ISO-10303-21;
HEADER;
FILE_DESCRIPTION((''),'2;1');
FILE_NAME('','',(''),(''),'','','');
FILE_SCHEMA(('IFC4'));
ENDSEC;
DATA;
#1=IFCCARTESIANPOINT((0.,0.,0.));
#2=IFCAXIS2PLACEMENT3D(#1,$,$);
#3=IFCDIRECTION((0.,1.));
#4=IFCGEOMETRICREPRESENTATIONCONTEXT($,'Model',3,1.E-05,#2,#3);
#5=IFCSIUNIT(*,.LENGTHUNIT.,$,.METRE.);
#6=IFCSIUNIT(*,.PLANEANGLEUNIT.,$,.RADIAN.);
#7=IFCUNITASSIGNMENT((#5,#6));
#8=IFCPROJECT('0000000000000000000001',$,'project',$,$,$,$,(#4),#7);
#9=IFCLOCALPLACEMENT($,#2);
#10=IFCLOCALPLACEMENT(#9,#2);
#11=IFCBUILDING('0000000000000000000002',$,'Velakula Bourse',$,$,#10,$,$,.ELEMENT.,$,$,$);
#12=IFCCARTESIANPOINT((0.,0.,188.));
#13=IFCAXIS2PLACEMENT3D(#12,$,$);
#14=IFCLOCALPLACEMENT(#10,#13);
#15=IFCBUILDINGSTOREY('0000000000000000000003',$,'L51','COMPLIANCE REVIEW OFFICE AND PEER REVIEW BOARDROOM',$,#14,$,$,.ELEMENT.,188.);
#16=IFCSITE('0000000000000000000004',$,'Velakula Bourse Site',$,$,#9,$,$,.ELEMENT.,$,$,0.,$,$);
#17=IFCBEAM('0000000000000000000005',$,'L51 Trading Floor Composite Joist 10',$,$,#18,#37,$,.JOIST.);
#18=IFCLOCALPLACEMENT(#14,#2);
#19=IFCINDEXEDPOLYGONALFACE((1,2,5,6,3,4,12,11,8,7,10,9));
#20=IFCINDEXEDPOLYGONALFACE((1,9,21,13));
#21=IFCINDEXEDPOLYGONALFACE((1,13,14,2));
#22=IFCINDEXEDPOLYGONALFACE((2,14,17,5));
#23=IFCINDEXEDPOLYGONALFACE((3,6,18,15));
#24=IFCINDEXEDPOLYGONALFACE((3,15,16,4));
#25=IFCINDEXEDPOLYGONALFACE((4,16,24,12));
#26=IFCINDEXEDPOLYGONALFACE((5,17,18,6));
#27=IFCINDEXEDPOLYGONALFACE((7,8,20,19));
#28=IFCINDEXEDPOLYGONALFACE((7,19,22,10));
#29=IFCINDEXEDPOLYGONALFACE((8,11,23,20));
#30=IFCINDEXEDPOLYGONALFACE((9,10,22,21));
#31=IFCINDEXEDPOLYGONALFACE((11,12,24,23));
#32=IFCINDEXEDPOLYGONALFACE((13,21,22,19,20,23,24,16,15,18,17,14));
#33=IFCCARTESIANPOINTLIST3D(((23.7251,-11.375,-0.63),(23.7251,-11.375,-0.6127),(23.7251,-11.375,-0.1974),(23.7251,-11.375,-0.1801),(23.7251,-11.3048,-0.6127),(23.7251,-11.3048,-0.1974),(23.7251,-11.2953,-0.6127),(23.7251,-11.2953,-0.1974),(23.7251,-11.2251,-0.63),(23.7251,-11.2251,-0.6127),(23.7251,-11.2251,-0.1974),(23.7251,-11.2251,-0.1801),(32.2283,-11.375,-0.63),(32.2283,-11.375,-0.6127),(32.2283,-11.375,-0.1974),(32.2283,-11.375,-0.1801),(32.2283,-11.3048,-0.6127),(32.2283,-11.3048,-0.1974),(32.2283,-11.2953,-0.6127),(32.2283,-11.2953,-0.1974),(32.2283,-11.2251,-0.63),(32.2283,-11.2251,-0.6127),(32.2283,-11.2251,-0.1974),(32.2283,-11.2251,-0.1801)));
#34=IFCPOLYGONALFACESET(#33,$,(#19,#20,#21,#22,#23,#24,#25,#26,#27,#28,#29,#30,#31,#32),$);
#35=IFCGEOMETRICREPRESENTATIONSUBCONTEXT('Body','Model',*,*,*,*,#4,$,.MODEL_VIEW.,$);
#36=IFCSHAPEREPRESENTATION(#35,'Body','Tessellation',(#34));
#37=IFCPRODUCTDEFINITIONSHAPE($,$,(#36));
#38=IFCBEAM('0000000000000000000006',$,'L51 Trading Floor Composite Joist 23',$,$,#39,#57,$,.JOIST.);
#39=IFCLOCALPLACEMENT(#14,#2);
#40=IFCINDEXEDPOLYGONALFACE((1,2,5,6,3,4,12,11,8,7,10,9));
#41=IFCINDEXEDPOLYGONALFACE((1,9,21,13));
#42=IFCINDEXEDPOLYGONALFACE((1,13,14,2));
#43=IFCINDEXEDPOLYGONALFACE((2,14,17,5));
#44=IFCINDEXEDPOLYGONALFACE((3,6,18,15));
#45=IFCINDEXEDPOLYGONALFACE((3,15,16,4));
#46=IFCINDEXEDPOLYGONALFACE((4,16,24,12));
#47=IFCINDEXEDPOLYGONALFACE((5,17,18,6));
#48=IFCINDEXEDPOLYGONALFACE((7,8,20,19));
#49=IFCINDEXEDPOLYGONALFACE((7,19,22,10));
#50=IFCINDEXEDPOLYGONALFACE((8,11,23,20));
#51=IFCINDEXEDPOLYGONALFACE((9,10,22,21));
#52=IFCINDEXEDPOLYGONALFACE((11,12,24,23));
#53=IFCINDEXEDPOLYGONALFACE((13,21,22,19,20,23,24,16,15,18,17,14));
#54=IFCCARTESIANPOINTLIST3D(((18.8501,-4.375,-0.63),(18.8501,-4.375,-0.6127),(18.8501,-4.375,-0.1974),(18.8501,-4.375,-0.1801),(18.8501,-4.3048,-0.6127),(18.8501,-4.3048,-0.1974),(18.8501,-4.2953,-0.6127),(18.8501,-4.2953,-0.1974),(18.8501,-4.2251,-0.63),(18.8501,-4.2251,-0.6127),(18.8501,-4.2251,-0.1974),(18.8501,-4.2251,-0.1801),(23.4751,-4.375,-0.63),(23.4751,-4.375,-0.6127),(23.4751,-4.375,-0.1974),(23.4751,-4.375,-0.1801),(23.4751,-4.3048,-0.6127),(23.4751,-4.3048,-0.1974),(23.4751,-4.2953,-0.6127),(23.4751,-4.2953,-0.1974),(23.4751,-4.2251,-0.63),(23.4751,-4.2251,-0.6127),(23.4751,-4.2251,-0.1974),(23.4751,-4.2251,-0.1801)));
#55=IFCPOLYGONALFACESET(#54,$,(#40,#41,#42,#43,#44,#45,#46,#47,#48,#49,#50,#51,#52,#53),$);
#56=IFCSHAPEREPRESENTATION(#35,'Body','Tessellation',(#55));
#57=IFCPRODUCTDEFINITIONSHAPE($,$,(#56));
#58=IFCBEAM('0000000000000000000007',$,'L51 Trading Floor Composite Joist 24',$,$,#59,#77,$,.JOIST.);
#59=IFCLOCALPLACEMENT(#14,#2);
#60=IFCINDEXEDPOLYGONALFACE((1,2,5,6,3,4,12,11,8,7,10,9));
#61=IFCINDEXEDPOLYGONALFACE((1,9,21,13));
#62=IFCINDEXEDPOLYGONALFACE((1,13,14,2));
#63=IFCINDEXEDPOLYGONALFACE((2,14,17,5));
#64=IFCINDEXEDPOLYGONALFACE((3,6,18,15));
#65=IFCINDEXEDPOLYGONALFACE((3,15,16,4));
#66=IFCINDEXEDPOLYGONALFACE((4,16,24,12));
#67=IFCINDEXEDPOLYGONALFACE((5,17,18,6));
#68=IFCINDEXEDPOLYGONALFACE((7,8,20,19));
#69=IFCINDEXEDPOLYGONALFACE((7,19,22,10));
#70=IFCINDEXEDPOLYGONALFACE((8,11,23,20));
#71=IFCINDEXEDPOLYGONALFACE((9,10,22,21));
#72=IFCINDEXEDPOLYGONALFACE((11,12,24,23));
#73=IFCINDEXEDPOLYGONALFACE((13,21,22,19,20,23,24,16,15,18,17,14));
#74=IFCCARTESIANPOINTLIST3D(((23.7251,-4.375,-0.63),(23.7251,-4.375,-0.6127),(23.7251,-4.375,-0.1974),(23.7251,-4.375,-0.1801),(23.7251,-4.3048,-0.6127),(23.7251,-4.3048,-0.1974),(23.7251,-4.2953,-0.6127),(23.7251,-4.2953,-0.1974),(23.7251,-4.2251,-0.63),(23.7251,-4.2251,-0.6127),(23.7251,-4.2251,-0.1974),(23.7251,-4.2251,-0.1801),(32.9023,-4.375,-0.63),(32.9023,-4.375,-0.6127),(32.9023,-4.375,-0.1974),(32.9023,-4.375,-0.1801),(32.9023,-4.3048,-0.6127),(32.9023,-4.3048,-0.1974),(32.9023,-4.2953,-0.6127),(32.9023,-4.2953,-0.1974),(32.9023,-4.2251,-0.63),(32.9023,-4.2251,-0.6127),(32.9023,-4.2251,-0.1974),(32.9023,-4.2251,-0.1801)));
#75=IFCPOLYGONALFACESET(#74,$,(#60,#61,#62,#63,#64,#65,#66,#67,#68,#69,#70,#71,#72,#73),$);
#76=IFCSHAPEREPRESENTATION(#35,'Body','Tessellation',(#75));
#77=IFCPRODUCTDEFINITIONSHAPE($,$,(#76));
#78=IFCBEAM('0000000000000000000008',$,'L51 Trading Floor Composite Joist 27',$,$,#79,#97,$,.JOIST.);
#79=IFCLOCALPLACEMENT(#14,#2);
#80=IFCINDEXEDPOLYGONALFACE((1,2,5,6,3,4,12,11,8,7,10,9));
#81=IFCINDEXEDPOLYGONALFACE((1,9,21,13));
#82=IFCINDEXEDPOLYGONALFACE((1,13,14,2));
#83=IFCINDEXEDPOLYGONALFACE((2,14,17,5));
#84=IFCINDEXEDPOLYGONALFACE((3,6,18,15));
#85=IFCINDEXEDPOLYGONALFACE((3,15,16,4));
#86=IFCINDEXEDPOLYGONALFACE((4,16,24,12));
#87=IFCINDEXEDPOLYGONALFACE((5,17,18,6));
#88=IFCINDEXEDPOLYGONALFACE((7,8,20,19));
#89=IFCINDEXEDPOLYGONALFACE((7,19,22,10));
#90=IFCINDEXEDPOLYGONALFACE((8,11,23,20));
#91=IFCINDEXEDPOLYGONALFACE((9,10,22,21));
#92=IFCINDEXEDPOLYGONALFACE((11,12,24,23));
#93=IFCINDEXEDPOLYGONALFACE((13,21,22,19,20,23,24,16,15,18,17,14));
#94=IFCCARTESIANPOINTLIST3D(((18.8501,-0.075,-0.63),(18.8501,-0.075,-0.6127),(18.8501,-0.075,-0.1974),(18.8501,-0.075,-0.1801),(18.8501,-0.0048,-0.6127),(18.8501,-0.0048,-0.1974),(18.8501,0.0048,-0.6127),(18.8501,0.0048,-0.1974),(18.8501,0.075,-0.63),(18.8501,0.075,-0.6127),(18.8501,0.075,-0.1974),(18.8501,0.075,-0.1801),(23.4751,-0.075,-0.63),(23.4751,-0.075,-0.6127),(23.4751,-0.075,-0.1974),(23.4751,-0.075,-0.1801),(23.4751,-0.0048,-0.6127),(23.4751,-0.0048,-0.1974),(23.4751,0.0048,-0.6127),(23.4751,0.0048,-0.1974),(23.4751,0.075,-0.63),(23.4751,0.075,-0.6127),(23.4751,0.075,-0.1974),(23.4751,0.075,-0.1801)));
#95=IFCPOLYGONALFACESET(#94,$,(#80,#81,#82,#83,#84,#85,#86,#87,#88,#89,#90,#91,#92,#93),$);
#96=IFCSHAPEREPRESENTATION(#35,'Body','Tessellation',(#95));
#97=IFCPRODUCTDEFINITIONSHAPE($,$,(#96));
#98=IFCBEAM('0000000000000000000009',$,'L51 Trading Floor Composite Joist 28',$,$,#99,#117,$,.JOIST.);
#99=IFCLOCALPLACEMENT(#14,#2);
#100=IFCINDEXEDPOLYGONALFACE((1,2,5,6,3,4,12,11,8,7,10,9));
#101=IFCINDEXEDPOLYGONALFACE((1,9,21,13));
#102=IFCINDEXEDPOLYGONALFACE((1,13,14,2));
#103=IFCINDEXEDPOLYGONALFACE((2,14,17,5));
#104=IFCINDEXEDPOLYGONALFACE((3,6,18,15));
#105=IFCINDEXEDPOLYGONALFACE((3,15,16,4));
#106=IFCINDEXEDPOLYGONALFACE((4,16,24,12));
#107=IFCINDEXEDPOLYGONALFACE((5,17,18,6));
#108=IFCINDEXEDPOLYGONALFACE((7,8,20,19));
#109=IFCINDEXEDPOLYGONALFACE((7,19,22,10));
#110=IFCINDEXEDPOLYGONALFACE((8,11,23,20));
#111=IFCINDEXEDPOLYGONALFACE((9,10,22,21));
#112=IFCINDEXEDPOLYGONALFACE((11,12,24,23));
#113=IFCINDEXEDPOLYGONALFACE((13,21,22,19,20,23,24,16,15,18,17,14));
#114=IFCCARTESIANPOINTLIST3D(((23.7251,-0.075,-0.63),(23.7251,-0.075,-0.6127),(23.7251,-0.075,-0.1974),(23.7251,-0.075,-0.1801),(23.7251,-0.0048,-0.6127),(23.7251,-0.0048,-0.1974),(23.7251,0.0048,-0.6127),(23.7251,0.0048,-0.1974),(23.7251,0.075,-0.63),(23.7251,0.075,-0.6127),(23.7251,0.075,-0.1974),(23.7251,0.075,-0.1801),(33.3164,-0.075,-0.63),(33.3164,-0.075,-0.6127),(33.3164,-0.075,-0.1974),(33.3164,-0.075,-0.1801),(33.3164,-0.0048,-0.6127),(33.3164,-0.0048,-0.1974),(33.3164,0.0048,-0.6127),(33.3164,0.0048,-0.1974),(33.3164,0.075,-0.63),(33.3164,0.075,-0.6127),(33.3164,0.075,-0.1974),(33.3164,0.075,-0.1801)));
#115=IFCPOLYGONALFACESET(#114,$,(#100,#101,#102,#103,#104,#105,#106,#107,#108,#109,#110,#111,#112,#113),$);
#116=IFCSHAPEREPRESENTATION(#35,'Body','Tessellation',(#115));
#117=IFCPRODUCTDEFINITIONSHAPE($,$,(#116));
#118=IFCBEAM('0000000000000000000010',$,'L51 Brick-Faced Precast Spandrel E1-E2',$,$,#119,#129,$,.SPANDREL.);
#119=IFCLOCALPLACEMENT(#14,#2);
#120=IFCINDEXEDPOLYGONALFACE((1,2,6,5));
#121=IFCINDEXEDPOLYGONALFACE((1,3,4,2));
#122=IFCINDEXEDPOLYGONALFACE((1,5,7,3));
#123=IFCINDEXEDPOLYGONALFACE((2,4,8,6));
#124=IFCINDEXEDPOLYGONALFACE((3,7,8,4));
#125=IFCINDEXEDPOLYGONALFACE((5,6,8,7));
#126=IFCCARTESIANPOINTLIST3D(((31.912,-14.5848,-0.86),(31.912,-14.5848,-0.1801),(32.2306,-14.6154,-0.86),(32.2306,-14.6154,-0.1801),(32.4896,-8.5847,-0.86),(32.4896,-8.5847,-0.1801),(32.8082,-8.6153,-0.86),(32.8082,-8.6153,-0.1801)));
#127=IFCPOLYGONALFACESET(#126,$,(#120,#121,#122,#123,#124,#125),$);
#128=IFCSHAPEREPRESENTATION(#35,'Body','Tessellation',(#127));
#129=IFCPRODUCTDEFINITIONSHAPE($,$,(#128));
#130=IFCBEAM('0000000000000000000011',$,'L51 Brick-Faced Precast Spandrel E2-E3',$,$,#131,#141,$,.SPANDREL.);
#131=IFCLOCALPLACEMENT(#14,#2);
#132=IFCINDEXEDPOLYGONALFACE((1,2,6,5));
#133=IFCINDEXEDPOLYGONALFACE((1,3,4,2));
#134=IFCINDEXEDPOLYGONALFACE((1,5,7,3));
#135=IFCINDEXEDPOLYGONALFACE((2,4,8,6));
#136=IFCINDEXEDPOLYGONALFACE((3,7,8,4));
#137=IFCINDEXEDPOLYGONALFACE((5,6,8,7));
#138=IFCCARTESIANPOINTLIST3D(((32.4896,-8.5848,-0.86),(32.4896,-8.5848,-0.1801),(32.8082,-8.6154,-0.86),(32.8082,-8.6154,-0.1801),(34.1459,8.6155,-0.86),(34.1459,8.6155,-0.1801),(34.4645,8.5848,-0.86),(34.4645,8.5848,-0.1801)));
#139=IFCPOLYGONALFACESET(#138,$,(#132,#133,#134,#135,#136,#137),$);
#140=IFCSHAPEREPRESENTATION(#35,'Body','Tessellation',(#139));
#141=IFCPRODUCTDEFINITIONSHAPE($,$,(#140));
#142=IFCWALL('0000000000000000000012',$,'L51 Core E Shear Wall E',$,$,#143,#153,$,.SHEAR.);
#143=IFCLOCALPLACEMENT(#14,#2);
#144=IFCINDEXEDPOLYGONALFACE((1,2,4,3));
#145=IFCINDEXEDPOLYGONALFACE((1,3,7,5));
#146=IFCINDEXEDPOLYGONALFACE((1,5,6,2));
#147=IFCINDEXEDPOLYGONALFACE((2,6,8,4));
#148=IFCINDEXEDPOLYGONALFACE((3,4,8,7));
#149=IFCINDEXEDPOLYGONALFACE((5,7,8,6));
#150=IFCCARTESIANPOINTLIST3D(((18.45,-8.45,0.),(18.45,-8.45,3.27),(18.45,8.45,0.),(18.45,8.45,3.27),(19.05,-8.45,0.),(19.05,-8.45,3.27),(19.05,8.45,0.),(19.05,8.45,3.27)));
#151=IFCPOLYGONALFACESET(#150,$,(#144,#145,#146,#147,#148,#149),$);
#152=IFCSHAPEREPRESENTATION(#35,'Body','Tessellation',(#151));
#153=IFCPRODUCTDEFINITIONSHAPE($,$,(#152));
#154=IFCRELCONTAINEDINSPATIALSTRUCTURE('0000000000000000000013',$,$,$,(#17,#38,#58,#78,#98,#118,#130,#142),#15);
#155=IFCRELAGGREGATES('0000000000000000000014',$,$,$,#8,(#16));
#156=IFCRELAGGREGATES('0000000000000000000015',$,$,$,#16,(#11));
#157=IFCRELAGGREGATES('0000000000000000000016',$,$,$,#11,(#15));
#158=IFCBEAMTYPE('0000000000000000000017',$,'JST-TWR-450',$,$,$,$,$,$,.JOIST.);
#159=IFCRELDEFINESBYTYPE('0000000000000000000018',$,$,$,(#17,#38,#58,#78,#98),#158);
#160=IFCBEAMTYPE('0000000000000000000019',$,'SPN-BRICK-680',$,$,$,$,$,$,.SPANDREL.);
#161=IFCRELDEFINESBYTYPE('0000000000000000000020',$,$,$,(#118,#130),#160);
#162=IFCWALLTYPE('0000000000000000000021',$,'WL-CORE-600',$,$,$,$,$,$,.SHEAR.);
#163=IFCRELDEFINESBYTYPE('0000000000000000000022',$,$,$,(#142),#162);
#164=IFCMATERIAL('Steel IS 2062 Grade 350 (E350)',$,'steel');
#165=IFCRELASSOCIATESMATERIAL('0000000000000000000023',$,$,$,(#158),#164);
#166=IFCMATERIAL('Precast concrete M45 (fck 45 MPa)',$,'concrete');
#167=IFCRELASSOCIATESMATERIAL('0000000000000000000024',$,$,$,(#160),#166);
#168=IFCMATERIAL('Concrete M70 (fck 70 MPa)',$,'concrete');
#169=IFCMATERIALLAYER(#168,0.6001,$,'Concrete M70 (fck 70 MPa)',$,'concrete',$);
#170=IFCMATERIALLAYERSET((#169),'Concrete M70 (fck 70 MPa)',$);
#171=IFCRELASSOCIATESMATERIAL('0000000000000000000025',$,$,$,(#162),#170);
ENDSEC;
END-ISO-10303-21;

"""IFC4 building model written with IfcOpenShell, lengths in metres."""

from ifc_helpers import new_model, si_unit, direction, frame, frame_2d, origin, origin_2d, place, context, subcontext, project, spatial, rectangle, i_section, extrude, material, layer, layer_set, material_profile, profile_set, type_object, element, save


model = new_model("IFC4")

# Units and contexts
model_context = context("Model", 3, precision=1e-05, world=origin(), true_north=direction((0.0, 1.0)))
body_context = subcontext(model_context, "Body", "Model", "MODEL_VIEW")
ifc_project = project(units=[si_unit("LENGTHUNIT", "METRE"), si_unit("PLANEANGLEUNIT", "RADIAN")], contexts=[model_context])

# Site, building, storey
site_placement = place(None, origin())
site = spatial("IfcSite", under=ifc_project, at=site_placement, Name="Velakula Bourse Site", CompositionType="ELEMENT", RefElevation=0.0)
building_placement = place(site_placement, origin())
building = spatial("IfcBuilding", under=site, at=building_placement, Name="Velakula Bourse", CompositionType="ELEMENT")
storey_placement = place(building_placement, frame((0.0, 0.0, 188.0)))
storey = spatial("IfcBuildingStorey", under=building, at=storey_placement, Name="L51", Description="COMPLIANCE REVIEW OFFICE AND PEER REVIEW BOARDROOM", CompositionType="ELEMENT", Elevation=188.0)

# Shared definitions
ifc_material_1 = material(Name="Concrete M70 (fck 70 MPa)", Category="concrete")
ifc_material_2 = material(Name="Steel IS 2062 Grade 350 (E350)", Category="steel")

# Beams
ifc_material_profile_1 = material_profile(ifc_material_2, i_section(OverallWidth=0.1499, OverallDepth=0.45, WebThickness=0.0095, FlangeThickness=0.0173, at=origin_2d()), Name="Steel IS 2062 Grade 350 (E350)")
ifc_profile_set_1 = profile_set([ifc_material_profile_1], Name="Steel IS 2062 Grade 350 (E350)")
beam_type_1 = type_object("IfcBeamType", Name="JST-TWR-450", PredefinedType="JOIST", material=ifc_profile_set_1)
beam_1_placement = place(storey_placement, frame((23.7251, -11.3, -0.405), z_axis=(1.0, 0.0, 0.0), x_axis=(0.0, 1.0, 0.0)))
element("IfcBeam", 1, at=beam_1_placement, inside=storey, type_object=beam_type_1, Name="L51 Trading Floor Composite Joist 10", PredefinedType="JOIST", context=body_context, shape_type="SweptSolid", body=[
    extrude(i_section(OverallWidth=0.1499, OverallDepth=0.45, WebThickness=0.0095, FlangeThickness=0.0173, at=origin_2d()), origin(), (0.0, 0.0, 1.0), 8.5032),
])
beam_2_placement = place(storey_placement, frame((18.8501, -4.3, -0.405), z_axis=(1.0, 0.0, 0.0), x_axis=(0.0, 1.0, 0.0)))
element("IfcBeam", 2, at=beam_2_placement, inside=storey, type_object=beam_type_1, Name="L51 Trading Floor Composite Joist 23", PredefinedType="JOIST", context=body_context, shape_type="SweptSolid", body=[
    extrude(i_section(OverallWidth=0.1499, OverallDepth=0.45, WebThickness=0.0095, FlangeThickness=0.0173, at=origin_2d()), origin(), (0.0, 0.0, 1.0), 4.625),
])
beam_3_placement = place(storey_placement, frame((23.7251, -4.3, -0.405), z_axis=(1.0, 0.0, 0.0), x_axis=(0.0, 1.0, 0.0)))
element("IfcBeam", 3, at=beam_3_placement, inside=storey, type_object=beam_type_1, Name="L51 Trading Floor Composite Joist 24", PredefinedType="JOIST", context=body_context, shape_type="SweptSolid", body=[
    extrude(i_section(OverallWidth=0.1499, OverallDepth=0.45, WebThickness=0.0095, FlangeThickness=0.0173, at=origin_2d()), origin(), (0.0, 0.0, 1.0), 9.1772),
])
beam_4_placement = place(storey_placement, frame((18.8501, 0.0, -0.405), z_axis=(1.0, 0.0, 0.0), x_axis=(0.0, 1.0, 0.0)))
element("IfcBeam", 4, at=beam_4_placement, inside=storey, type_object=beam_type_1, Name="L51 Trading Floor Composite Joist 27", PredefinedType="JOIST", context=body_context, shape_type="SweptSolid", body=[
    extrude(i_section(OverallWidth=0.1499, OverallDepth=0.45, WebThickness=0.0095, FlangeThickness=0.0173, at=origin_2d()), origin(), (0.0, 0.0, 1.0), 4.625),
])
beam_5_placement = place(storey_placement, frame((23.7251, 0.0, -0.405), z_axis=(1.0, 0.0, 0.0), x_axis=(0.0, 1.0, 0.0)))
element("IfcBeam", 5, at=beam_5_placement, inside=storey, type_object=beam_type_1, Name="L51 Trading Floor Composite Joist 28", PredefinedType="JOIST", context=body_context, shape_type="SweptSolid", body=[
    extrude(i_section(OverallWidth=0.1499, OverallDepth=0.45, WebThickness=0.0095, FlangeThickness=0.0173, at=origin_2d()), origin(), (0.0, 0.0, 1.0), 9.5913),
])
ifc_material_3 = material(Name="Precast concrete M45 (fck 45 MPa)", Category="concrete")
ifc_material_profile_2 = material_profile(ifc_material_3, rectangle(XDim=0.3201, YDim=0.6799, at=origin_2d()), Name="Precast concrete M45 (fck 45 MPa)")
ifc_profile_set_2 = profile_set([ifc_material_profile_2], Name="Precast concrete M45 (fck 45 MPa)")
beam_type_2 = type_object("IfcBeamType", Name="SPN-BRICK-680", PredefinedType="SPANDREL", material=ifc_profile_set_2)
beam_6_placement = place(storey_placement, frame((32.0713, -14.6001, -0.52), z_axis=(0.09583, 0.995398, 0.0), x_axis=(-0.995398, 0.09583, 0.0)))
element("IfcBeam", 6, at=beam_6_placement, inside=storey, type_object=beam_type_2, Name="L51 Brick-Faced Precast Spandrel E1-E2", PredefinedType="SPANDREL", context=body_context, shape_type="SweptSolid", body=[
    extrude(rectangle(XDim=0.3201, YDim=0.6799, at=origin_2d()), origin(), (0.0, 0.0, 1.0), 6.0278),
])
beam_7_placement = place(storey_placement, frame((32.6489, -8.6001, -0.52), z_axis=(0.095849, 0.995396, 0.0), x_axis=(-0.995396, 0.095849, 0.0)))
element("IfcBeam", 7, at=beam_7_placement, inside=storey, type_object=beam_type_2, Name="L51 Brick-Faced Precast Spandrel E2-E3", PredefinedType="SPANDREL", context=body_context, shape_type="SweptSolid", body=[
    extrude(rectangle(XDim=0.3201, YDim=0.6799, at=origin_2d()), origin(), (0.0, 0.0, 1.0), 17.2798),
])

# Wall
ifc_layer_1 = layer(ifc_material_1, 0.6001, Name="Concrete M70 (fck 70 MPa)", Category="concrete")
ifc_layer_set_1 = layer_set([ifc_layer_1], Name="Concrete M70 (fck 70 MPa)")
wall_type_1 = type_object("IfcWallType", Name="WL-CORE-600", PredefinedType="SHEAR", material=ifc_layer_set_1)
wall_1_placement = place(storey_placement, frame((18.75, -8.45, 0.0), z_axis=(0.0, 0.0, 1.0), x_axis=(0.0, 1.0, 0.0)))
element("IfcWall", 8, at=wall_1_placement, inside=storey, type_object=wall_type_1, Name="L51 Core E Shear Wall E", PredefinedType="SHEAR", context=body_context, shape_type="SweptSolid", body=[
    extrude(rectangle(XDim=16.8999, YDim=0.6001, at=frame_2d((8.45, 0.0))), origin(), (0.0, 0.0, 1.0), 3.27),
])

save(model, "model.ifc")
